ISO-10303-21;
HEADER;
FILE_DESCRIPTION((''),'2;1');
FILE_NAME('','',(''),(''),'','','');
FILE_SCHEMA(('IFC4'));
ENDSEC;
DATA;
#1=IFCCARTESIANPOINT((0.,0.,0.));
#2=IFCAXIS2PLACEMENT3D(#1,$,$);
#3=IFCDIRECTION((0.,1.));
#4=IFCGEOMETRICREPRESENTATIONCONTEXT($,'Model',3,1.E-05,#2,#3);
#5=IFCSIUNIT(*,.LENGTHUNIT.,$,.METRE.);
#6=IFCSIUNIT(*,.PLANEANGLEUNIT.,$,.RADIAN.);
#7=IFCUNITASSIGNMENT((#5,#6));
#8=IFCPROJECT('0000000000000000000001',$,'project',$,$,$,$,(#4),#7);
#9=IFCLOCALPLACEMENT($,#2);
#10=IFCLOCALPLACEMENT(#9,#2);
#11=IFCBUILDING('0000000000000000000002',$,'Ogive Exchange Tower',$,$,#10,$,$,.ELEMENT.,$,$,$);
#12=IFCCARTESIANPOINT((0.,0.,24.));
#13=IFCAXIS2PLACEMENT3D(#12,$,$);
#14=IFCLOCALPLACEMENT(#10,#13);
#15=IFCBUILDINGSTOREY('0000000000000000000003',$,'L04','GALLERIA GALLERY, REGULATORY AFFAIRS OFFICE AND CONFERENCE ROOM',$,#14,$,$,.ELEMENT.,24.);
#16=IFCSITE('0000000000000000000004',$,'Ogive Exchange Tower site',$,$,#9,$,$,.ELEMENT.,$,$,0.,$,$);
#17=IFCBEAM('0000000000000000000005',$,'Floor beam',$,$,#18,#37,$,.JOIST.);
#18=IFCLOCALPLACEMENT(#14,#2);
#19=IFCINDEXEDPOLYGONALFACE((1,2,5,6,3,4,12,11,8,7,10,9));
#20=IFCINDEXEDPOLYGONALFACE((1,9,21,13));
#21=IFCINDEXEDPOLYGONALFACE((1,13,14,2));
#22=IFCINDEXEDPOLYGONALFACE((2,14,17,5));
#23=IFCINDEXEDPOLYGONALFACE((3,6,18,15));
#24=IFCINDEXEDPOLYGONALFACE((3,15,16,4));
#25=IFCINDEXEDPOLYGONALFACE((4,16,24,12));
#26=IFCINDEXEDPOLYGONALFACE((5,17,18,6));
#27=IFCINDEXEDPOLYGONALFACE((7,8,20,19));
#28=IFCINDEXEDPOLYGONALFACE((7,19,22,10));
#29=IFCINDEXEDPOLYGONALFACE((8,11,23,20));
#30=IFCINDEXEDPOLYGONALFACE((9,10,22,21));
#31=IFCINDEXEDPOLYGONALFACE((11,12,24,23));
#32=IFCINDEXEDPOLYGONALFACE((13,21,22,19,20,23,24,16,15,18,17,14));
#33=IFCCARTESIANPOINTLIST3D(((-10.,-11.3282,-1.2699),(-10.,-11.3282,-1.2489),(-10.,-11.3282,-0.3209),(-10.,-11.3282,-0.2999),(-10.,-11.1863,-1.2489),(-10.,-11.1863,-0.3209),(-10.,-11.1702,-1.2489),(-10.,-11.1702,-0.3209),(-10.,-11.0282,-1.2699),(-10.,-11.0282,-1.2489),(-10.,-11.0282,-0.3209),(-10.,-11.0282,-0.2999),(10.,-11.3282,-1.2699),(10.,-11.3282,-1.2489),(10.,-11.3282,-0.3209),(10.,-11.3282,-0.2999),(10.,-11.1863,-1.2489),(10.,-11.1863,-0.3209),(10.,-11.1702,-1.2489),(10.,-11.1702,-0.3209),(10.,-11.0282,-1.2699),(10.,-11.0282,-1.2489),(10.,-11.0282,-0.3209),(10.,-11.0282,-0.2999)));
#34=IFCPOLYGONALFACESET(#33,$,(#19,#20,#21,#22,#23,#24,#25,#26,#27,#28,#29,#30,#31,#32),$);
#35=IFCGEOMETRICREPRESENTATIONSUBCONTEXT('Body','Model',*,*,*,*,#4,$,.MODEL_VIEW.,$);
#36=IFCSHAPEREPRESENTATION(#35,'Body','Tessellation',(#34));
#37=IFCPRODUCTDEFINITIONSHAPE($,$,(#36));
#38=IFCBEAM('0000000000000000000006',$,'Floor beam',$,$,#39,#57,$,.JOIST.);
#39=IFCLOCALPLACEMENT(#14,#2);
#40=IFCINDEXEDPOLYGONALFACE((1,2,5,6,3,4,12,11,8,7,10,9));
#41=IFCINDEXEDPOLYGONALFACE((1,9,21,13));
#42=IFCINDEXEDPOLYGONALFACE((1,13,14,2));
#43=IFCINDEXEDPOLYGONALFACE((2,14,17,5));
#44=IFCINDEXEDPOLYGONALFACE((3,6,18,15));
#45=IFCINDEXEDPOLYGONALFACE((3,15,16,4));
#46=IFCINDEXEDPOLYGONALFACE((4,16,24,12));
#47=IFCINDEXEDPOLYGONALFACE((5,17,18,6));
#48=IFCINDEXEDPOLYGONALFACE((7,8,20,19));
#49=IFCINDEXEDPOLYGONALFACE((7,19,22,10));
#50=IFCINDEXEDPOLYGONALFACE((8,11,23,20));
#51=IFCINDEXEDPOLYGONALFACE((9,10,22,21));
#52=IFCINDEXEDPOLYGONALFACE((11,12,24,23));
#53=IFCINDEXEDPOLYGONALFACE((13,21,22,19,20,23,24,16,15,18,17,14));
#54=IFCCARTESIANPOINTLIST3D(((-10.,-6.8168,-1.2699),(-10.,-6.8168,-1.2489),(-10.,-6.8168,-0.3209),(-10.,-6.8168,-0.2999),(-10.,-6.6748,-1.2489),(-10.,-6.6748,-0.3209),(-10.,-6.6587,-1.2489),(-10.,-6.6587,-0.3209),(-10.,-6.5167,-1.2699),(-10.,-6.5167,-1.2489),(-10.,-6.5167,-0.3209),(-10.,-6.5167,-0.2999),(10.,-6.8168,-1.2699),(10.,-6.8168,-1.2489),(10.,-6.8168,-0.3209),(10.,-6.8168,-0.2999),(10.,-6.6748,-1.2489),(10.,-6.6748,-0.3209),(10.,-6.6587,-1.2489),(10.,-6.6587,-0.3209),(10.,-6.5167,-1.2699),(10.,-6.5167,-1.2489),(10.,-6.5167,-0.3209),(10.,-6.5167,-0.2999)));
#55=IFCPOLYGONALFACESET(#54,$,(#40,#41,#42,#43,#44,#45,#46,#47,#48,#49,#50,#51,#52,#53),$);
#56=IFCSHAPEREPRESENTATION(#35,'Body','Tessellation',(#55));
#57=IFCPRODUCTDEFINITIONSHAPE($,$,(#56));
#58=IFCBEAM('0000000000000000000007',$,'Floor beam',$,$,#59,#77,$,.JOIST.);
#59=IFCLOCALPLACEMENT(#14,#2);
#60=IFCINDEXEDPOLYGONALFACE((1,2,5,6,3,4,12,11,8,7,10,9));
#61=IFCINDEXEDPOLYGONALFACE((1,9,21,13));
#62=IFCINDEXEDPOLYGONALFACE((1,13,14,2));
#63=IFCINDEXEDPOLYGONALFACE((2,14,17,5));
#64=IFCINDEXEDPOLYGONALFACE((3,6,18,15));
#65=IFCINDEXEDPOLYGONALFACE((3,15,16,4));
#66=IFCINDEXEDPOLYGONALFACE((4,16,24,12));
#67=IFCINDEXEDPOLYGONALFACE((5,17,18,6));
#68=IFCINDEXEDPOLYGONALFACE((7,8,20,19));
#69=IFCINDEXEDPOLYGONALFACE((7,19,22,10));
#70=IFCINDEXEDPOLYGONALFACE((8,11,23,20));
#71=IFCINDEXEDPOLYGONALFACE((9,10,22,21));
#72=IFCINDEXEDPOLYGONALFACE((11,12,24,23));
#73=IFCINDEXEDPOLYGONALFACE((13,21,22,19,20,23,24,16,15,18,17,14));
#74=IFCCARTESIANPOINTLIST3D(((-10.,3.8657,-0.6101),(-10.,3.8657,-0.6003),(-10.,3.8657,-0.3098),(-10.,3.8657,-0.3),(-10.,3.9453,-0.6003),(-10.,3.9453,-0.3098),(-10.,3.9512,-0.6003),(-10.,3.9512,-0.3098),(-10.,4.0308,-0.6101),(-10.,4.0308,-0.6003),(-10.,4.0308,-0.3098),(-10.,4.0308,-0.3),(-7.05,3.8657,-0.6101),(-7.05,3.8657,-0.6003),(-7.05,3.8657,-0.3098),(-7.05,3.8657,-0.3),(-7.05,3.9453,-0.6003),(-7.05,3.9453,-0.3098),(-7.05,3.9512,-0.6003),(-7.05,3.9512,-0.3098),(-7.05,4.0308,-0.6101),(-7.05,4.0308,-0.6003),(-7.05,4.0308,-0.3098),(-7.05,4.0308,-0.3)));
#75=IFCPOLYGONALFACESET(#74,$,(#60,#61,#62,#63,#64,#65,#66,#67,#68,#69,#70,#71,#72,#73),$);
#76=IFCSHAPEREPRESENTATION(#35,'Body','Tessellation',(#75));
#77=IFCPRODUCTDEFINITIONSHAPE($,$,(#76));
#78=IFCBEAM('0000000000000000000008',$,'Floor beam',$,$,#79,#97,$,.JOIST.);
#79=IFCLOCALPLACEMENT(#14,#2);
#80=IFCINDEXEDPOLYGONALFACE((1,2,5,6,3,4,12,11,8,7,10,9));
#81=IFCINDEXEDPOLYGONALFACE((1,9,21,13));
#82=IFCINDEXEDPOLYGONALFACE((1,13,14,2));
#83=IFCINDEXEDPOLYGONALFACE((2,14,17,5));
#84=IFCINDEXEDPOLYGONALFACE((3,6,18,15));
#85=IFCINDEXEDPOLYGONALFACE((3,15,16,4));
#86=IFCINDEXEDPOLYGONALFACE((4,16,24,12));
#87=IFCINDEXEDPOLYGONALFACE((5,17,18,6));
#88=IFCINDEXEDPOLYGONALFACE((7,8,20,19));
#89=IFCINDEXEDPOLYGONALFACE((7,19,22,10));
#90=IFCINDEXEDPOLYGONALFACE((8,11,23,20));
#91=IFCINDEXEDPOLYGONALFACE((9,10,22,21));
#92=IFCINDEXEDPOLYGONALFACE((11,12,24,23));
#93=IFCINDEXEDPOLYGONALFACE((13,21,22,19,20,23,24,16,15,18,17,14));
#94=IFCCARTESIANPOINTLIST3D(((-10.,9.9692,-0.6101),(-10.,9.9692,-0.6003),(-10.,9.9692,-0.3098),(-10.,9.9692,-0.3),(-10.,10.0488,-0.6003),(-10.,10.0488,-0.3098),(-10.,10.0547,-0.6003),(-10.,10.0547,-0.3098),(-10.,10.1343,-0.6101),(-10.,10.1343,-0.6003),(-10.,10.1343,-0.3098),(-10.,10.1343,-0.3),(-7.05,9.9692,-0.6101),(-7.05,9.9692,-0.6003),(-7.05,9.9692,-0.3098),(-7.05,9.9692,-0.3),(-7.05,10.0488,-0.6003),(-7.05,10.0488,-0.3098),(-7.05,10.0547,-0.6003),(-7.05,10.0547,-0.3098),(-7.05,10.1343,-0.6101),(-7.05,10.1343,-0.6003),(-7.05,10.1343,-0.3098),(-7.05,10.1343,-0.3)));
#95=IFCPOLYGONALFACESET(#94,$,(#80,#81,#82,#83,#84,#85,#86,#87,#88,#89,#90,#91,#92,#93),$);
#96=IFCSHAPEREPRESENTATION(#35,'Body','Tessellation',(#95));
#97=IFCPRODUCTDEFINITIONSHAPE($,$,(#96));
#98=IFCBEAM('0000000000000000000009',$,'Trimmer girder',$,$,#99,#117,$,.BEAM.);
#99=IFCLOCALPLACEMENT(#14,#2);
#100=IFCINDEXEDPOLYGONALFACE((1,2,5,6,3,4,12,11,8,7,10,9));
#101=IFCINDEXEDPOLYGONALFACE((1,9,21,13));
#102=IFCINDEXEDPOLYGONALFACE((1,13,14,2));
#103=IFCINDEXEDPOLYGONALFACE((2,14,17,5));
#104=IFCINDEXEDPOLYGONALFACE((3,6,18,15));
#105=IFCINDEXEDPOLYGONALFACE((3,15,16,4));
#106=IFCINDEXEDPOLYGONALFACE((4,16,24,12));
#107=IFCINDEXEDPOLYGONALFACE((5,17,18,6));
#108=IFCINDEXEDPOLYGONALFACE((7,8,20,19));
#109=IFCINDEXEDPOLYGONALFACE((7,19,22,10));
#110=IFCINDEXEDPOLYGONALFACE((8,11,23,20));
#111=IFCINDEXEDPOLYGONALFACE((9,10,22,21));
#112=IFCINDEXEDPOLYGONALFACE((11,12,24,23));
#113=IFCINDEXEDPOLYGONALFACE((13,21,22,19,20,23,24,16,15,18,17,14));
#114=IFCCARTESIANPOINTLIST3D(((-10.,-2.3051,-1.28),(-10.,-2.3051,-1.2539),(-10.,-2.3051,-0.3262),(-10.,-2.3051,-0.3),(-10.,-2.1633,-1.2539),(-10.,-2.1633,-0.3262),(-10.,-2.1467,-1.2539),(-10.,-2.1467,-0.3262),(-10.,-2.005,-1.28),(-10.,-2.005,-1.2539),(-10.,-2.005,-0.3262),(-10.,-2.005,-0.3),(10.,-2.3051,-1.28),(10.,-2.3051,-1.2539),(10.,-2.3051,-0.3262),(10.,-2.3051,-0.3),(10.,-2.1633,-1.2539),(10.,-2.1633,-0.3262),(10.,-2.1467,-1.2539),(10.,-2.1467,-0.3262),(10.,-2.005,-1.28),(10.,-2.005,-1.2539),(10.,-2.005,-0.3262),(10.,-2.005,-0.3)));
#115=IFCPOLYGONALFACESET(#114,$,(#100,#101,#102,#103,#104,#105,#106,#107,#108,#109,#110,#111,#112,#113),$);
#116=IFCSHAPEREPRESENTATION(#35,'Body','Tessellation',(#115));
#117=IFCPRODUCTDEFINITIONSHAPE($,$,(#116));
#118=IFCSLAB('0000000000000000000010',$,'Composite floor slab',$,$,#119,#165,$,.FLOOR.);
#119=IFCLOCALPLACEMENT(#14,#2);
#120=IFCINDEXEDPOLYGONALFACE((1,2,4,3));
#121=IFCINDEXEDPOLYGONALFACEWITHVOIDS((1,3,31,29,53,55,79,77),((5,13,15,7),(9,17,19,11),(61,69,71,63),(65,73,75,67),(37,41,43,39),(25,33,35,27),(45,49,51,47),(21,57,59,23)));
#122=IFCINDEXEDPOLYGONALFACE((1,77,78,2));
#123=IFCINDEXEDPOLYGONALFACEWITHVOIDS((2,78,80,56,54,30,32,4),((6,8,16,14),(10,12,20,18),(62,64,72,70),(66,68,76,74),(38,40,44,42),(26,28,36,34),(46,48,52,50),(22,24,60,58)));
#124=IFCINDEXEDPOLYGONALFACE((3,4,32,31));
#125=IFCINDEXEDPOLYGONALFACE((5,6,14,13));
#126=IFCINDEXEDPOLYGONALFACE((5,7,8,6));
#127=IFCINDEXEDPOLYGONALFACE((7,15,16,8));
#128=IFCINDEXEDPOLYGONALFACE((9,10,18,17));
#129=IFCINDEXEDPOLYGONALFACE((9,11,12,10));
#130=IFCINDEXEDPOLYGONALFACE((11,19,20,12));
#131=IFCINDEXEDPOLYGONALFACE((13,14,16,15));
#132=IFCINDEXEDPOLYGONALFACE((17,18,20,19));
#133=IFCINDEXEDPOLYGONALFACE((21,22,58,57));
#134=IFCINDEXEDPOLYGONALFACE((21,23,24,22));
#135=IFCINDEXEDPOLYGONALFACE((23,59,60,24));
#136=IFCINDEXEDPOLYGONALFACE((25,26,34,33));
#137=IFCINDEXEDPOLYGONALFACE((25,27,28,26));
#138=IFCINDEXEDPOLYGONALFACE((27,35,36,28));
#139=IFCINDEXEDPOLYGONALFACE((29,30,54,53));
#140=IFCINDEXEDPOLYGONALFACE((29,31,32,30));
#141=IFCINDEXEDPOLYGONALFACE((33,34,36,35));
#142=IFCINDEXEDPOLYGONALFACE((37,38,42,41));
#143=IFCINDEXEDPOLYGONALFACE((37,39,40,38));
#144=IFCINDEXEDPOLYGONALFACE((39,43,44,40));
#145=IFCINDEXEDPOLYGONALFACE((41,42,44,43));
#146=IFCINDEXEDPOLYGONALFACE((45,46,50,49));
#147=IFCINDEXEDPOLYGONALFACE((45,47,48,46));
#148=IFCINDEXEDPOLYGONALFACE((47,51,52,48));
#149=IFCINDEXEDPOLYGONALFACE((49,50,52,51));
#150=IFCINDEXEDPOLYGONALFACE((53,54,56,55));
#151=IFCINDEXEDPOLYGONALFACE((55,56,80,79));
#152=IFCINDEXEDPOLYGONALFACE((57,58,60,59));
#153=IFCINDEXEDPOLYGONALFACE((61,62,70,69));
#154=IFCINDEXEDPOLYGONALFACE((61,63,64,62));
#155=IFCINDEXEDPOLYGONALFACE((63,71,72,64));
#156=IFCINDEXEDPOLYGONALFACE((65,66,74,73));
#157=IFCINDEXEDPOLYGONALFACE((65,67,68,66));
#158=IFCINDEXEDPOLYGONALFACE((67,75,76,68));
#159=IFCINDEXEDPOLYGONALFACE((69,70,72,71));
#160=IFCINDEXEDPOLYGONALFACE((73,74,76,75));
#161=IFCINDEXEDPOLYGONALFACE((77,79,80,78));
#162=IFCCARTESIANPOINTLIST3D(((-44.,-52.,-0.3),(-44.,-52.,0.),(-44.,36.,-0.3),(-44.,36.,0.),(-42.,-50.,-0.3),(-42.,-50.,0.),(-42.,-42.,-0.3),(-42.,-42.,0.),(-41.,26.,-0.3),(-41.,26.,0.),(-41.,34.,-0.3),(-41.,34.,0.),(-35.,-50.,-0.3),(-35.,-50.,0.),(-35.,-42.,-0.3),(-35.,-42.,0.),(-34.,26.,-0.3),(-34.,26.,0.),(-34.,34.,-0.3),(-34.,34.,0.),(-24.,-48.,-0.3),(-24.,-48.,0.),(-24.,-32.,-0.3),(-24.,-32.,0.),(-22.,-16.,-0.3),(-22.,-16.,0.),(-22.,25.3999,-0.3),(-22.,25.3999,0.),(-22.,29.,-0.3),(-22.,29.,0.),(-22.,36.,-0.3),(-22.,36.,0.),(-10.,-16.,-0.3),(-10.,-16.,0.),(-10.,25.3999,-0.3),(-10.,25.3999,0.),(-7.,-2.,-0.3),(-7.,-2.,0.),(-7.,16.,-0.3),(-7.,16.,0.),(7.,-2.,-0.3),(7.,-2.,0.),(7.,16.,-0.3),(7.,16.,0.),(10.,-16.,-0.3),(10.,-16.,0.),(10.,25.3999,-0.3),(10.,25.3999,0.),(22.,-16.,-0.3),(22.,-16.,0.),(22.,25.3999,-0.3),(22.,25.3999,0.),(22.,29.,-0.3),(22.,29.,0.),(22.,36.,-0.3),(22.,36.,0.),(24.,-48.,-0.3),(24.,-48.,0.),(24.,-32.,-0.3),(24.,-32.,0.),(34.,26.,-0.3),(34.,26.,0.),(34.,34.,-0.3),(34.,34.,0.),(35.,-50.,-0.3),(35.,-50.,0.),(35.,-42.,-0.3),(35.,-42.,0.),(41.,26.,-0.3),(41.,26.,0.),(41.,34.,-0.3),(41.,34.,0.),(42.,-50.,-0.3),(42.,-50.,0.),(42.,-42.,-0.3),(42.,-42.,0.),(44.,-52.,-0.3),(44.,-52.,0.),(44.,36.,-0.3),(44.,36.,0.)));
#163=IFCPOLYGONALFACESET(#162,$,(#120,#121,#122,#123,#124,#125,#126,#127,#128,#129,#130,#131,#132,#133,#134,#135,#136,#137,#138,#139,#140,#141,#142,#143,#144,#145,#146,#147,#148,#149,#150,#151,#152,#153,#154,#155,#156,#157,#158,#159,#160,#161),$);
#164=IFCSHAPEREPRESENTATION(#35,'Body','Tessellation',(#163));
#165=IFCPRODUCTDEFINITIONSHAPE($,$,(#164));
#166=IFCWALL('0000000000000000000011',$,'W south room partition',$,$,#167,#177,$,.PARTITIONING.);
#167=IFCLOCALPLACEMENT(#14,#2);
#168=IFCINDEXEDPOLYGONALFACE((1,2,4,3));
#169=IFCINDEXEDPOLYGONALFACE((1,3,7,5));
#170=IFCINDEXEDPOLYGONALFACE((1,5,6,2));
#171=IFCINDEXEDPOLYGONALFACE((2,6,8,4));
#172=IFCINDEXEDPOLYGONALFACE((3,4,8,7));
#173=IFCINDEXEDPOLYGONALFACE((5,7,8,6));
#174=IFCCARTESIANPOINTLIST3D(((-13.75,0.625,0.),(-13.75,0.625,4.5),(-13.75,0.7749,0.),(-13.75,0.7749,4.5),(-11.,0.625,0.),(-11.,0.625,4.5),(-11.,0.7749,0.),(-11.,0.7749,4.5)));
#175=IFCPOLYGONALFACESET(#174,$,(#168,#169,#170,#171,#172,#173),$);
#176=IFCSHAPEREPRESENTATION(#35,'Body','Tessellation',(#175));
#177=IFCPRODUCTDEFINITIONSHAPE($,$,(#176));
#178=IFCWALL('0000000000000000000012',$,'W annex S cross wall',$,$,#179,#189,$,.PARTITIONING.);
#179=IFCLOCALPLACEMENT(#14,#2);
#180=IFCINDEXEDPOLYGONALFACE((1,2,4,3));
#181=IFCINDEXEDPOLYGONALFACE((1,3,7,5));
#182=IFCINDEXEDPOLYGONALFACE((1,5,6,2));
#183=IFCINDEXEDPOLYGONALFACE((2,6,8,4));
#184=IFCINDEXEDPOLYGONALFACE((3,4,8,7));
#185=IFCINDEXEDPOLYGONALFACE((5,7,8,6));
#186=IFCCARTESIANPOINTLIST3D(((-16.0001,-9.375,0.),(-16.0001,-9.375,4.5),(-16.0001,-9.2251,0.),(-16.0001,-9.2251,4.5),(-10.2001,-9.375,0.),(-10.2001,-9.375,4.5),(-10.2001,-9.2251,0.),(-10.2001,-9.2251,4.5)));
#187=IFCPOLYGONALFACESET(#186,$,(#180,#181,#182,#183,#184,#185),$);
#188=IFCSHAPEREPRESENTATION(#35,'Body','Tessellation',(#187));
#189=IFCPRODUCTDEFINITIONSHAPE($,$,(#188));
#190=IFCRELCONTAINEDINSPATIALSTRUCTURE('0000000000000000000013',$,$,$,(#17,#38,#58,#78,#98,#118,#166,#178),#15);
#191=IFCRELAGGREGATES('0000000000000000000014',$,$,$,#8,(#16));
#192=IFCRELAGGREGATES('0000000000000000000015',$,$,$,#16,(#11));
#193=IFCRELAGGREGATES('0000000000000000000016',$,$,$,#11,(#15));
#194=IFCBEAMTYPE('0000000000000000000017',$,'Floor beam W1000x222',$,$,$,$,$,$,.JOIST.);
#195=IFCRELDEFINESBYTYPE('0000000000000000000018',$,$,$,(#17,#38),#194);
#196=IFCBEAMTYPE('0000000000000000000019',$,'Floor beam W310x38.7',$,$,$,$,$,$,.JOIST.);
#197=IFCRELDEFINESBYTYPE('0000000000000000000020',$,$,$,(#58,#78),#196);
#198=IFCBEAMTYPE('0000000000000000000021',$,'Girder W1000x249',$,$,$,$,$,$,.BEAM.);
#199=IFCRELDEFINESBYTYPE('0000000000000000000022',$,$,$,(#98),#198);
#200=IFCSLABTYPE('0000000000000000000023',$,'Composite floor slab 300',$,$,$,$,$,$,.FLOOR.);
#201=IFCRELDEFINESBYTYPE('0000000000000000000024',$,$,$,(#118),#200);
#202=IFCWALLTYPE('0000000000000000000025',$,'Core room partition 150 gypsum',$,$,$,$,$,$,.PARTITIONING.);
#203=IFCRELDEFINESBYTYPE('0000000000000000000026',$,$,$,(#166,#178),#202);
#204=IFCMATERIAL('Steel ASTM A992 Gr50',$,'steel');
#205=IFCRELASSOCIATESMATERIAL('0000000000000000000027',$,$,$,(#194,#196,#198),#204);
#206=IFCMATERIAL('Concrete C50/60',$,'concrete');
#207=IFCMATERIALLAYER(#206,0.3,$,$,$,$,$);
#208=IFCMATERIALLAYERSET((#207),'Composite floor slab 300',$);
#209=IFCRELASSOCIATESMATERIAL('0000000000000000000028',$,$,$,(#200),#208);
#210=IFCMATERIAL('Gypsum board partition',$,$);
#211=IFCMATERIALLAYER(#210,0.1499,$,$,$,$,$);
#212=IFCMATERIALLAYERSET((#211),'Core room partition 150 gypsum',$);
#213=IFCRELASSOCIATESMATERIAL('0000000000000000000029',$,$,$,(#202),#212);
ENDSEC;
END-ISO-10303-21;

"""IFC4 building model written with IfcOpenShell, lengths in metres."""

from ifc_helpers import new_model, si_unit, direction, frame, frame_2d, origin, origin_2d, place, context, subcontext, project, spatial, polyline, rectangle, i_section, outline, extrude, material, layer, layer_set, material_profile, profile_set, type_object, element, save


model = new_model("IFC4")

# Units and contexts
model_context = context("Model", 3, precision=1e-05, world=origin(), true_north=direction((0.0, 1.0)))
body_context = subcontext(model_context, "Body", "Model", "MODEL_VIEW")
ifc_project = project(units=[si_unit("LENGTHUNIT", "METRE"), si_unit("PLANEANGLEUNIT", "RADIAN")], contexts=[model_context])

# Site, building, storey
site_placement = place(None, origin())
site = spatial("IfcSite", under=ifc_project, at=site_placement, Name="Ogive Exchange Tower site", CompositionType="ELEMENT", RefElevation=0.0)
building_placement = place(site_placement, origin())
building = spatial("IfcBuilding", under=site, at=building_placement, Name="Ogive Exchange Tower", CompositionType="ELEMENT")
storey_placement = place(building_placement, frame((0.0, 0.0, 24.0)))
storey = spatial("IfcBuildingStorey", under=building, at=storey_placement, Name="L04", Description="GALLERIA GALLERY, REGULATORY AFFAIRS OFFICE AND CONFERENCE ROOM", CompositionType="ELEMENT", Elevation=24.0)

# Beams
ifc_material_1 = material(Name="Steel ASTM A992 Gr50", Category="steel")
ifc_material_profile_1 = material_profile(ifc_material_1, i_section(OverallWidth=0.3, OverallDepth=0.97, WebThickness=0.0161, FlangeThickness=0.021, at=origin_2d()), Name="W1000x222")
ifc_profile_set_1 = profile_set([ifc_material_profile_1], Name="Steel ASTM A992 Gr50")
beam_type_1 = type_object("IfcBeamType", Name="Floor beam W1000x222", PredefinedType="JOIST", material=ifc_profile_set_1)
for number, where, z_axis, x_axis, name in (
    (1, (-10.0, -11.1782, -0.7849), (1.0, 0.0, 0.0), (0.0, 1.0, 0.0), "Floor beam"),
    (2, (-10.0, -6.6667, -0.7849), (1.0, 0.0, 0.0), (0.0, 1.0, 0.0), "Floor beam"),
):
    element("IfcBeam", number, at=place(storey_placement, frame(where, z_axis=z_axis, x_axis=x_axis)), inside=storey, type_object=beam_type_1, Name=name, PredefinedType="JOIST", context=body_context, shape_type="SweptSolid", body=[
        extrude(i_section(OverallWidth=0.3, OverallDepth=0.97, WebThickness=0.0161, FlangeThickness=0.021, at=origin_2d()), origin(), (0.0, 0.0, 1.0), 20.0),
    ])
ifc_material_profile_2 = material_profile(ifc_material_1, i_section(OverallWidth=0.165, OverallDepth=0.3101, WebThickness=0.0059, FlangeThickness=0.0098, at=origin_2d()), Name="W310x38.7")
ifc_profile_set_2 = profile_set([ifc_material_profile_2], Name="Steel ASTM A992 Gr50")
beam_type_2 = type_object("IfcBeamType", Name="Floor beam W310x38.7", PredefinedType="JOIST", material=ifc_profile_set_2)
for number, where, z_axis, x_axis, name in (
    (3, (-10.0, 3.9482, -0.4551), (1.0, 0.0, 0.0), (0.0, 1.0, 0.0), "Floor beam"),
    (4, (-10.0, 10.0518, -0.4551), (1.0, 0.0, 0.0), (0.0, 1.0, 0.0), "Floor beam"),
):
    element("IfcBeam", number, at=place(storey_placement, frame(where, z_axis=z_axis, x_axis=x_axis)), inside=storey, type_object=beam_type_2, Name=name, PredefinedType="JOIST", context=body_context, shape_type="SweptSolid", body=[
        extrude(i_section(OverallWidth=0.165, OverallDepth=0.3101, WebThickness=0.0059, FlangeThickness=0.0098, at=origin_2d()), origin(), (0.0, 0.0, 1.0), 2.95),
    ])
ifc_material_profile_3 = material_profile(ifc_material_1, i_section(OverallWidth=0.3, OverallDepth=0.98, WebThickness=0.0166, FlangeThickness=0.0261, at=origin_2d()), Name="W1000x249")
ifc_profile_set_3 = profile_set([ifc_material_profile_3], Name="Steel ASTM A992 Gr50")
beam_type_3 = type_object("IfcBeamType", Name="Girder W1000x249", PredefinedType="BEAM", material=ifc_profile_set_3)
beam_placement = place(storey_placement, frame((-10.0, -2.155, -0.79), z_axis=(1.0, 0.0, 0.0), x_axis=(0.0, 1.0, 0.0)))
element("IfcBeam", 5, at=beam_placement, inside=storey, type_object=beam_type_3, Name="Trimmer girder", PredefinedType="BEAM", context=body_context, shape_type="SweptSolid", body=[
    extrude(i_section(OverallWidth=0.3, OverallDepth=0.98, WebThickness=0.0166, FlangeThickness=0.0261, at=origin_2d()), origin(), (0.0, 0.0, 1.0), 20.0),
])

# Slab
ifc_material_2 = material(Name="Concrete C50/60", Category="concrete")
ifc_layer_1 = layer(ifc_material_2, 0.3)
ifc_layer_set_1 = layer_set([ifc_layer_1], Name="Composite floor slab 300")
slab_type = type_object("IfcSlabType", Name="Composite floor slab 300", PredefinedType="FLOOR", material=ifc_layer_set_1)
slab_placement = place(storey_placement, frame((0.0, 0.0, -0.3)))
element("IfcSlab", 6, at=slab_placement, inside=storey, type_object=slab_type, Name="Composite floor slab", PredefinedType="FLOOR", context=body_context, shape_type="SweptSolid", body=[
    extrude(outline(polyline([(44.0, -52.0), (-44.0, -52.0), (-44.0, 36.0), (-22.0, 36.0), (-22.0, 29.0), (22.0, 29.0), (22.0, 36.0), (44.0, 36.0), (44.0, -52.0)]), holes=[polyline([(-42.0, -42.0), (-42.0, -50.0), (-35.0, -50.0), (-35.0, -42.0), (-42.0, -42.0)]), polyline([(35.0, -42.0), (35.0, -50.0), (42.0, -50.0), (42.0, -42.0), (35.0, -42.0)]), polyline([(-24.0, -32.0), (-24.0, -48.0), (24.0, -48.0), (24.0, -32.0), (-24.0, -32.0)]), polyline([(-22.0, 25.3999), (-22.0, -16.0), (-10.0, -16.0), (-10.0, 25.3999), (-22.0, 25.3999)]), polyline([(10.0, 25.3999), (10.0, -16.0), (22.0, -16.0), (22.0, 25.3999), (10.0, 25.3999)]), polyline([(-7.0, 16.0), (-7.0, -2.0), (7.0, -2.0), (7.0, 16.0), (-7.0, 16.0)]), polyline([(-41.0, 34.0), (-41.0, 26.0), (-34.0, 26.0), (-34.0, 34.0), (-41.0, 34.0)]), polyline([(34.0, 34.0), (34.0, 26.0), (41.0, 26.0), (41.0, 34.0), (34.0, 34.0)])]), origin(), (0.0, 0.0, 1.0), 0.3),
])

# Walls
ifc_material_3 = material(Name="Gypsum board partition")
ifc_layer_2 = layer(ifc_material_3, 0.1499)
ifc_layer_set_2 = layer_set([ifc_layer_2], Name="Core room partition 150 gypsum")
wall_type_1 = type_object("IfcWallType", Name="Core room partition 150 gypsum", PredefinedType="PARTITIONING", material=ifc_layer_set_2)
wall_1_placement = place(storey_placement, frame((-13.75, 0.7, 0.0), z_axis=(0.0, 0.0, 1.0), x_axis=(1.0, 0.0, 0.0)))
element("IfcWall", 7, at=wall_1_placement, inside=storey, type_object=wall_type_1, Name="W south room partition", PredefinedType="PARTITIONING", context=body_context, shape_type="SweptSolid", body=[
    extrude(rectangle(XDim=2.75, YDim=0.1499, at=frame_2d((1.375, 0.0))), origin(), (0.0, 0.0, 1.0), 4.5),
])
wall_2_placement = place(storey_placement, frame((-16.0, -9.3, 0.0), z_axis=(0.0, 0.0, 1.0), x_axis=(1.0, 0.0, 0.0)))
element("IfcWall", 8, at=wall_2_placement, inside=storey, type_object=wall_type_1, Name="W annex S cross wall", PredefinedType="PARTITIONING", context=body_context, shape_type="SweptSolid", body=[
    extrude(rectangle(XDim=5.8, YDim=0.1499, at=frame_2d((2.8999, 0.0))), origin(), (0.0, 0.0, 1.0), 4.5),
])

save(model, "model.ifc")
